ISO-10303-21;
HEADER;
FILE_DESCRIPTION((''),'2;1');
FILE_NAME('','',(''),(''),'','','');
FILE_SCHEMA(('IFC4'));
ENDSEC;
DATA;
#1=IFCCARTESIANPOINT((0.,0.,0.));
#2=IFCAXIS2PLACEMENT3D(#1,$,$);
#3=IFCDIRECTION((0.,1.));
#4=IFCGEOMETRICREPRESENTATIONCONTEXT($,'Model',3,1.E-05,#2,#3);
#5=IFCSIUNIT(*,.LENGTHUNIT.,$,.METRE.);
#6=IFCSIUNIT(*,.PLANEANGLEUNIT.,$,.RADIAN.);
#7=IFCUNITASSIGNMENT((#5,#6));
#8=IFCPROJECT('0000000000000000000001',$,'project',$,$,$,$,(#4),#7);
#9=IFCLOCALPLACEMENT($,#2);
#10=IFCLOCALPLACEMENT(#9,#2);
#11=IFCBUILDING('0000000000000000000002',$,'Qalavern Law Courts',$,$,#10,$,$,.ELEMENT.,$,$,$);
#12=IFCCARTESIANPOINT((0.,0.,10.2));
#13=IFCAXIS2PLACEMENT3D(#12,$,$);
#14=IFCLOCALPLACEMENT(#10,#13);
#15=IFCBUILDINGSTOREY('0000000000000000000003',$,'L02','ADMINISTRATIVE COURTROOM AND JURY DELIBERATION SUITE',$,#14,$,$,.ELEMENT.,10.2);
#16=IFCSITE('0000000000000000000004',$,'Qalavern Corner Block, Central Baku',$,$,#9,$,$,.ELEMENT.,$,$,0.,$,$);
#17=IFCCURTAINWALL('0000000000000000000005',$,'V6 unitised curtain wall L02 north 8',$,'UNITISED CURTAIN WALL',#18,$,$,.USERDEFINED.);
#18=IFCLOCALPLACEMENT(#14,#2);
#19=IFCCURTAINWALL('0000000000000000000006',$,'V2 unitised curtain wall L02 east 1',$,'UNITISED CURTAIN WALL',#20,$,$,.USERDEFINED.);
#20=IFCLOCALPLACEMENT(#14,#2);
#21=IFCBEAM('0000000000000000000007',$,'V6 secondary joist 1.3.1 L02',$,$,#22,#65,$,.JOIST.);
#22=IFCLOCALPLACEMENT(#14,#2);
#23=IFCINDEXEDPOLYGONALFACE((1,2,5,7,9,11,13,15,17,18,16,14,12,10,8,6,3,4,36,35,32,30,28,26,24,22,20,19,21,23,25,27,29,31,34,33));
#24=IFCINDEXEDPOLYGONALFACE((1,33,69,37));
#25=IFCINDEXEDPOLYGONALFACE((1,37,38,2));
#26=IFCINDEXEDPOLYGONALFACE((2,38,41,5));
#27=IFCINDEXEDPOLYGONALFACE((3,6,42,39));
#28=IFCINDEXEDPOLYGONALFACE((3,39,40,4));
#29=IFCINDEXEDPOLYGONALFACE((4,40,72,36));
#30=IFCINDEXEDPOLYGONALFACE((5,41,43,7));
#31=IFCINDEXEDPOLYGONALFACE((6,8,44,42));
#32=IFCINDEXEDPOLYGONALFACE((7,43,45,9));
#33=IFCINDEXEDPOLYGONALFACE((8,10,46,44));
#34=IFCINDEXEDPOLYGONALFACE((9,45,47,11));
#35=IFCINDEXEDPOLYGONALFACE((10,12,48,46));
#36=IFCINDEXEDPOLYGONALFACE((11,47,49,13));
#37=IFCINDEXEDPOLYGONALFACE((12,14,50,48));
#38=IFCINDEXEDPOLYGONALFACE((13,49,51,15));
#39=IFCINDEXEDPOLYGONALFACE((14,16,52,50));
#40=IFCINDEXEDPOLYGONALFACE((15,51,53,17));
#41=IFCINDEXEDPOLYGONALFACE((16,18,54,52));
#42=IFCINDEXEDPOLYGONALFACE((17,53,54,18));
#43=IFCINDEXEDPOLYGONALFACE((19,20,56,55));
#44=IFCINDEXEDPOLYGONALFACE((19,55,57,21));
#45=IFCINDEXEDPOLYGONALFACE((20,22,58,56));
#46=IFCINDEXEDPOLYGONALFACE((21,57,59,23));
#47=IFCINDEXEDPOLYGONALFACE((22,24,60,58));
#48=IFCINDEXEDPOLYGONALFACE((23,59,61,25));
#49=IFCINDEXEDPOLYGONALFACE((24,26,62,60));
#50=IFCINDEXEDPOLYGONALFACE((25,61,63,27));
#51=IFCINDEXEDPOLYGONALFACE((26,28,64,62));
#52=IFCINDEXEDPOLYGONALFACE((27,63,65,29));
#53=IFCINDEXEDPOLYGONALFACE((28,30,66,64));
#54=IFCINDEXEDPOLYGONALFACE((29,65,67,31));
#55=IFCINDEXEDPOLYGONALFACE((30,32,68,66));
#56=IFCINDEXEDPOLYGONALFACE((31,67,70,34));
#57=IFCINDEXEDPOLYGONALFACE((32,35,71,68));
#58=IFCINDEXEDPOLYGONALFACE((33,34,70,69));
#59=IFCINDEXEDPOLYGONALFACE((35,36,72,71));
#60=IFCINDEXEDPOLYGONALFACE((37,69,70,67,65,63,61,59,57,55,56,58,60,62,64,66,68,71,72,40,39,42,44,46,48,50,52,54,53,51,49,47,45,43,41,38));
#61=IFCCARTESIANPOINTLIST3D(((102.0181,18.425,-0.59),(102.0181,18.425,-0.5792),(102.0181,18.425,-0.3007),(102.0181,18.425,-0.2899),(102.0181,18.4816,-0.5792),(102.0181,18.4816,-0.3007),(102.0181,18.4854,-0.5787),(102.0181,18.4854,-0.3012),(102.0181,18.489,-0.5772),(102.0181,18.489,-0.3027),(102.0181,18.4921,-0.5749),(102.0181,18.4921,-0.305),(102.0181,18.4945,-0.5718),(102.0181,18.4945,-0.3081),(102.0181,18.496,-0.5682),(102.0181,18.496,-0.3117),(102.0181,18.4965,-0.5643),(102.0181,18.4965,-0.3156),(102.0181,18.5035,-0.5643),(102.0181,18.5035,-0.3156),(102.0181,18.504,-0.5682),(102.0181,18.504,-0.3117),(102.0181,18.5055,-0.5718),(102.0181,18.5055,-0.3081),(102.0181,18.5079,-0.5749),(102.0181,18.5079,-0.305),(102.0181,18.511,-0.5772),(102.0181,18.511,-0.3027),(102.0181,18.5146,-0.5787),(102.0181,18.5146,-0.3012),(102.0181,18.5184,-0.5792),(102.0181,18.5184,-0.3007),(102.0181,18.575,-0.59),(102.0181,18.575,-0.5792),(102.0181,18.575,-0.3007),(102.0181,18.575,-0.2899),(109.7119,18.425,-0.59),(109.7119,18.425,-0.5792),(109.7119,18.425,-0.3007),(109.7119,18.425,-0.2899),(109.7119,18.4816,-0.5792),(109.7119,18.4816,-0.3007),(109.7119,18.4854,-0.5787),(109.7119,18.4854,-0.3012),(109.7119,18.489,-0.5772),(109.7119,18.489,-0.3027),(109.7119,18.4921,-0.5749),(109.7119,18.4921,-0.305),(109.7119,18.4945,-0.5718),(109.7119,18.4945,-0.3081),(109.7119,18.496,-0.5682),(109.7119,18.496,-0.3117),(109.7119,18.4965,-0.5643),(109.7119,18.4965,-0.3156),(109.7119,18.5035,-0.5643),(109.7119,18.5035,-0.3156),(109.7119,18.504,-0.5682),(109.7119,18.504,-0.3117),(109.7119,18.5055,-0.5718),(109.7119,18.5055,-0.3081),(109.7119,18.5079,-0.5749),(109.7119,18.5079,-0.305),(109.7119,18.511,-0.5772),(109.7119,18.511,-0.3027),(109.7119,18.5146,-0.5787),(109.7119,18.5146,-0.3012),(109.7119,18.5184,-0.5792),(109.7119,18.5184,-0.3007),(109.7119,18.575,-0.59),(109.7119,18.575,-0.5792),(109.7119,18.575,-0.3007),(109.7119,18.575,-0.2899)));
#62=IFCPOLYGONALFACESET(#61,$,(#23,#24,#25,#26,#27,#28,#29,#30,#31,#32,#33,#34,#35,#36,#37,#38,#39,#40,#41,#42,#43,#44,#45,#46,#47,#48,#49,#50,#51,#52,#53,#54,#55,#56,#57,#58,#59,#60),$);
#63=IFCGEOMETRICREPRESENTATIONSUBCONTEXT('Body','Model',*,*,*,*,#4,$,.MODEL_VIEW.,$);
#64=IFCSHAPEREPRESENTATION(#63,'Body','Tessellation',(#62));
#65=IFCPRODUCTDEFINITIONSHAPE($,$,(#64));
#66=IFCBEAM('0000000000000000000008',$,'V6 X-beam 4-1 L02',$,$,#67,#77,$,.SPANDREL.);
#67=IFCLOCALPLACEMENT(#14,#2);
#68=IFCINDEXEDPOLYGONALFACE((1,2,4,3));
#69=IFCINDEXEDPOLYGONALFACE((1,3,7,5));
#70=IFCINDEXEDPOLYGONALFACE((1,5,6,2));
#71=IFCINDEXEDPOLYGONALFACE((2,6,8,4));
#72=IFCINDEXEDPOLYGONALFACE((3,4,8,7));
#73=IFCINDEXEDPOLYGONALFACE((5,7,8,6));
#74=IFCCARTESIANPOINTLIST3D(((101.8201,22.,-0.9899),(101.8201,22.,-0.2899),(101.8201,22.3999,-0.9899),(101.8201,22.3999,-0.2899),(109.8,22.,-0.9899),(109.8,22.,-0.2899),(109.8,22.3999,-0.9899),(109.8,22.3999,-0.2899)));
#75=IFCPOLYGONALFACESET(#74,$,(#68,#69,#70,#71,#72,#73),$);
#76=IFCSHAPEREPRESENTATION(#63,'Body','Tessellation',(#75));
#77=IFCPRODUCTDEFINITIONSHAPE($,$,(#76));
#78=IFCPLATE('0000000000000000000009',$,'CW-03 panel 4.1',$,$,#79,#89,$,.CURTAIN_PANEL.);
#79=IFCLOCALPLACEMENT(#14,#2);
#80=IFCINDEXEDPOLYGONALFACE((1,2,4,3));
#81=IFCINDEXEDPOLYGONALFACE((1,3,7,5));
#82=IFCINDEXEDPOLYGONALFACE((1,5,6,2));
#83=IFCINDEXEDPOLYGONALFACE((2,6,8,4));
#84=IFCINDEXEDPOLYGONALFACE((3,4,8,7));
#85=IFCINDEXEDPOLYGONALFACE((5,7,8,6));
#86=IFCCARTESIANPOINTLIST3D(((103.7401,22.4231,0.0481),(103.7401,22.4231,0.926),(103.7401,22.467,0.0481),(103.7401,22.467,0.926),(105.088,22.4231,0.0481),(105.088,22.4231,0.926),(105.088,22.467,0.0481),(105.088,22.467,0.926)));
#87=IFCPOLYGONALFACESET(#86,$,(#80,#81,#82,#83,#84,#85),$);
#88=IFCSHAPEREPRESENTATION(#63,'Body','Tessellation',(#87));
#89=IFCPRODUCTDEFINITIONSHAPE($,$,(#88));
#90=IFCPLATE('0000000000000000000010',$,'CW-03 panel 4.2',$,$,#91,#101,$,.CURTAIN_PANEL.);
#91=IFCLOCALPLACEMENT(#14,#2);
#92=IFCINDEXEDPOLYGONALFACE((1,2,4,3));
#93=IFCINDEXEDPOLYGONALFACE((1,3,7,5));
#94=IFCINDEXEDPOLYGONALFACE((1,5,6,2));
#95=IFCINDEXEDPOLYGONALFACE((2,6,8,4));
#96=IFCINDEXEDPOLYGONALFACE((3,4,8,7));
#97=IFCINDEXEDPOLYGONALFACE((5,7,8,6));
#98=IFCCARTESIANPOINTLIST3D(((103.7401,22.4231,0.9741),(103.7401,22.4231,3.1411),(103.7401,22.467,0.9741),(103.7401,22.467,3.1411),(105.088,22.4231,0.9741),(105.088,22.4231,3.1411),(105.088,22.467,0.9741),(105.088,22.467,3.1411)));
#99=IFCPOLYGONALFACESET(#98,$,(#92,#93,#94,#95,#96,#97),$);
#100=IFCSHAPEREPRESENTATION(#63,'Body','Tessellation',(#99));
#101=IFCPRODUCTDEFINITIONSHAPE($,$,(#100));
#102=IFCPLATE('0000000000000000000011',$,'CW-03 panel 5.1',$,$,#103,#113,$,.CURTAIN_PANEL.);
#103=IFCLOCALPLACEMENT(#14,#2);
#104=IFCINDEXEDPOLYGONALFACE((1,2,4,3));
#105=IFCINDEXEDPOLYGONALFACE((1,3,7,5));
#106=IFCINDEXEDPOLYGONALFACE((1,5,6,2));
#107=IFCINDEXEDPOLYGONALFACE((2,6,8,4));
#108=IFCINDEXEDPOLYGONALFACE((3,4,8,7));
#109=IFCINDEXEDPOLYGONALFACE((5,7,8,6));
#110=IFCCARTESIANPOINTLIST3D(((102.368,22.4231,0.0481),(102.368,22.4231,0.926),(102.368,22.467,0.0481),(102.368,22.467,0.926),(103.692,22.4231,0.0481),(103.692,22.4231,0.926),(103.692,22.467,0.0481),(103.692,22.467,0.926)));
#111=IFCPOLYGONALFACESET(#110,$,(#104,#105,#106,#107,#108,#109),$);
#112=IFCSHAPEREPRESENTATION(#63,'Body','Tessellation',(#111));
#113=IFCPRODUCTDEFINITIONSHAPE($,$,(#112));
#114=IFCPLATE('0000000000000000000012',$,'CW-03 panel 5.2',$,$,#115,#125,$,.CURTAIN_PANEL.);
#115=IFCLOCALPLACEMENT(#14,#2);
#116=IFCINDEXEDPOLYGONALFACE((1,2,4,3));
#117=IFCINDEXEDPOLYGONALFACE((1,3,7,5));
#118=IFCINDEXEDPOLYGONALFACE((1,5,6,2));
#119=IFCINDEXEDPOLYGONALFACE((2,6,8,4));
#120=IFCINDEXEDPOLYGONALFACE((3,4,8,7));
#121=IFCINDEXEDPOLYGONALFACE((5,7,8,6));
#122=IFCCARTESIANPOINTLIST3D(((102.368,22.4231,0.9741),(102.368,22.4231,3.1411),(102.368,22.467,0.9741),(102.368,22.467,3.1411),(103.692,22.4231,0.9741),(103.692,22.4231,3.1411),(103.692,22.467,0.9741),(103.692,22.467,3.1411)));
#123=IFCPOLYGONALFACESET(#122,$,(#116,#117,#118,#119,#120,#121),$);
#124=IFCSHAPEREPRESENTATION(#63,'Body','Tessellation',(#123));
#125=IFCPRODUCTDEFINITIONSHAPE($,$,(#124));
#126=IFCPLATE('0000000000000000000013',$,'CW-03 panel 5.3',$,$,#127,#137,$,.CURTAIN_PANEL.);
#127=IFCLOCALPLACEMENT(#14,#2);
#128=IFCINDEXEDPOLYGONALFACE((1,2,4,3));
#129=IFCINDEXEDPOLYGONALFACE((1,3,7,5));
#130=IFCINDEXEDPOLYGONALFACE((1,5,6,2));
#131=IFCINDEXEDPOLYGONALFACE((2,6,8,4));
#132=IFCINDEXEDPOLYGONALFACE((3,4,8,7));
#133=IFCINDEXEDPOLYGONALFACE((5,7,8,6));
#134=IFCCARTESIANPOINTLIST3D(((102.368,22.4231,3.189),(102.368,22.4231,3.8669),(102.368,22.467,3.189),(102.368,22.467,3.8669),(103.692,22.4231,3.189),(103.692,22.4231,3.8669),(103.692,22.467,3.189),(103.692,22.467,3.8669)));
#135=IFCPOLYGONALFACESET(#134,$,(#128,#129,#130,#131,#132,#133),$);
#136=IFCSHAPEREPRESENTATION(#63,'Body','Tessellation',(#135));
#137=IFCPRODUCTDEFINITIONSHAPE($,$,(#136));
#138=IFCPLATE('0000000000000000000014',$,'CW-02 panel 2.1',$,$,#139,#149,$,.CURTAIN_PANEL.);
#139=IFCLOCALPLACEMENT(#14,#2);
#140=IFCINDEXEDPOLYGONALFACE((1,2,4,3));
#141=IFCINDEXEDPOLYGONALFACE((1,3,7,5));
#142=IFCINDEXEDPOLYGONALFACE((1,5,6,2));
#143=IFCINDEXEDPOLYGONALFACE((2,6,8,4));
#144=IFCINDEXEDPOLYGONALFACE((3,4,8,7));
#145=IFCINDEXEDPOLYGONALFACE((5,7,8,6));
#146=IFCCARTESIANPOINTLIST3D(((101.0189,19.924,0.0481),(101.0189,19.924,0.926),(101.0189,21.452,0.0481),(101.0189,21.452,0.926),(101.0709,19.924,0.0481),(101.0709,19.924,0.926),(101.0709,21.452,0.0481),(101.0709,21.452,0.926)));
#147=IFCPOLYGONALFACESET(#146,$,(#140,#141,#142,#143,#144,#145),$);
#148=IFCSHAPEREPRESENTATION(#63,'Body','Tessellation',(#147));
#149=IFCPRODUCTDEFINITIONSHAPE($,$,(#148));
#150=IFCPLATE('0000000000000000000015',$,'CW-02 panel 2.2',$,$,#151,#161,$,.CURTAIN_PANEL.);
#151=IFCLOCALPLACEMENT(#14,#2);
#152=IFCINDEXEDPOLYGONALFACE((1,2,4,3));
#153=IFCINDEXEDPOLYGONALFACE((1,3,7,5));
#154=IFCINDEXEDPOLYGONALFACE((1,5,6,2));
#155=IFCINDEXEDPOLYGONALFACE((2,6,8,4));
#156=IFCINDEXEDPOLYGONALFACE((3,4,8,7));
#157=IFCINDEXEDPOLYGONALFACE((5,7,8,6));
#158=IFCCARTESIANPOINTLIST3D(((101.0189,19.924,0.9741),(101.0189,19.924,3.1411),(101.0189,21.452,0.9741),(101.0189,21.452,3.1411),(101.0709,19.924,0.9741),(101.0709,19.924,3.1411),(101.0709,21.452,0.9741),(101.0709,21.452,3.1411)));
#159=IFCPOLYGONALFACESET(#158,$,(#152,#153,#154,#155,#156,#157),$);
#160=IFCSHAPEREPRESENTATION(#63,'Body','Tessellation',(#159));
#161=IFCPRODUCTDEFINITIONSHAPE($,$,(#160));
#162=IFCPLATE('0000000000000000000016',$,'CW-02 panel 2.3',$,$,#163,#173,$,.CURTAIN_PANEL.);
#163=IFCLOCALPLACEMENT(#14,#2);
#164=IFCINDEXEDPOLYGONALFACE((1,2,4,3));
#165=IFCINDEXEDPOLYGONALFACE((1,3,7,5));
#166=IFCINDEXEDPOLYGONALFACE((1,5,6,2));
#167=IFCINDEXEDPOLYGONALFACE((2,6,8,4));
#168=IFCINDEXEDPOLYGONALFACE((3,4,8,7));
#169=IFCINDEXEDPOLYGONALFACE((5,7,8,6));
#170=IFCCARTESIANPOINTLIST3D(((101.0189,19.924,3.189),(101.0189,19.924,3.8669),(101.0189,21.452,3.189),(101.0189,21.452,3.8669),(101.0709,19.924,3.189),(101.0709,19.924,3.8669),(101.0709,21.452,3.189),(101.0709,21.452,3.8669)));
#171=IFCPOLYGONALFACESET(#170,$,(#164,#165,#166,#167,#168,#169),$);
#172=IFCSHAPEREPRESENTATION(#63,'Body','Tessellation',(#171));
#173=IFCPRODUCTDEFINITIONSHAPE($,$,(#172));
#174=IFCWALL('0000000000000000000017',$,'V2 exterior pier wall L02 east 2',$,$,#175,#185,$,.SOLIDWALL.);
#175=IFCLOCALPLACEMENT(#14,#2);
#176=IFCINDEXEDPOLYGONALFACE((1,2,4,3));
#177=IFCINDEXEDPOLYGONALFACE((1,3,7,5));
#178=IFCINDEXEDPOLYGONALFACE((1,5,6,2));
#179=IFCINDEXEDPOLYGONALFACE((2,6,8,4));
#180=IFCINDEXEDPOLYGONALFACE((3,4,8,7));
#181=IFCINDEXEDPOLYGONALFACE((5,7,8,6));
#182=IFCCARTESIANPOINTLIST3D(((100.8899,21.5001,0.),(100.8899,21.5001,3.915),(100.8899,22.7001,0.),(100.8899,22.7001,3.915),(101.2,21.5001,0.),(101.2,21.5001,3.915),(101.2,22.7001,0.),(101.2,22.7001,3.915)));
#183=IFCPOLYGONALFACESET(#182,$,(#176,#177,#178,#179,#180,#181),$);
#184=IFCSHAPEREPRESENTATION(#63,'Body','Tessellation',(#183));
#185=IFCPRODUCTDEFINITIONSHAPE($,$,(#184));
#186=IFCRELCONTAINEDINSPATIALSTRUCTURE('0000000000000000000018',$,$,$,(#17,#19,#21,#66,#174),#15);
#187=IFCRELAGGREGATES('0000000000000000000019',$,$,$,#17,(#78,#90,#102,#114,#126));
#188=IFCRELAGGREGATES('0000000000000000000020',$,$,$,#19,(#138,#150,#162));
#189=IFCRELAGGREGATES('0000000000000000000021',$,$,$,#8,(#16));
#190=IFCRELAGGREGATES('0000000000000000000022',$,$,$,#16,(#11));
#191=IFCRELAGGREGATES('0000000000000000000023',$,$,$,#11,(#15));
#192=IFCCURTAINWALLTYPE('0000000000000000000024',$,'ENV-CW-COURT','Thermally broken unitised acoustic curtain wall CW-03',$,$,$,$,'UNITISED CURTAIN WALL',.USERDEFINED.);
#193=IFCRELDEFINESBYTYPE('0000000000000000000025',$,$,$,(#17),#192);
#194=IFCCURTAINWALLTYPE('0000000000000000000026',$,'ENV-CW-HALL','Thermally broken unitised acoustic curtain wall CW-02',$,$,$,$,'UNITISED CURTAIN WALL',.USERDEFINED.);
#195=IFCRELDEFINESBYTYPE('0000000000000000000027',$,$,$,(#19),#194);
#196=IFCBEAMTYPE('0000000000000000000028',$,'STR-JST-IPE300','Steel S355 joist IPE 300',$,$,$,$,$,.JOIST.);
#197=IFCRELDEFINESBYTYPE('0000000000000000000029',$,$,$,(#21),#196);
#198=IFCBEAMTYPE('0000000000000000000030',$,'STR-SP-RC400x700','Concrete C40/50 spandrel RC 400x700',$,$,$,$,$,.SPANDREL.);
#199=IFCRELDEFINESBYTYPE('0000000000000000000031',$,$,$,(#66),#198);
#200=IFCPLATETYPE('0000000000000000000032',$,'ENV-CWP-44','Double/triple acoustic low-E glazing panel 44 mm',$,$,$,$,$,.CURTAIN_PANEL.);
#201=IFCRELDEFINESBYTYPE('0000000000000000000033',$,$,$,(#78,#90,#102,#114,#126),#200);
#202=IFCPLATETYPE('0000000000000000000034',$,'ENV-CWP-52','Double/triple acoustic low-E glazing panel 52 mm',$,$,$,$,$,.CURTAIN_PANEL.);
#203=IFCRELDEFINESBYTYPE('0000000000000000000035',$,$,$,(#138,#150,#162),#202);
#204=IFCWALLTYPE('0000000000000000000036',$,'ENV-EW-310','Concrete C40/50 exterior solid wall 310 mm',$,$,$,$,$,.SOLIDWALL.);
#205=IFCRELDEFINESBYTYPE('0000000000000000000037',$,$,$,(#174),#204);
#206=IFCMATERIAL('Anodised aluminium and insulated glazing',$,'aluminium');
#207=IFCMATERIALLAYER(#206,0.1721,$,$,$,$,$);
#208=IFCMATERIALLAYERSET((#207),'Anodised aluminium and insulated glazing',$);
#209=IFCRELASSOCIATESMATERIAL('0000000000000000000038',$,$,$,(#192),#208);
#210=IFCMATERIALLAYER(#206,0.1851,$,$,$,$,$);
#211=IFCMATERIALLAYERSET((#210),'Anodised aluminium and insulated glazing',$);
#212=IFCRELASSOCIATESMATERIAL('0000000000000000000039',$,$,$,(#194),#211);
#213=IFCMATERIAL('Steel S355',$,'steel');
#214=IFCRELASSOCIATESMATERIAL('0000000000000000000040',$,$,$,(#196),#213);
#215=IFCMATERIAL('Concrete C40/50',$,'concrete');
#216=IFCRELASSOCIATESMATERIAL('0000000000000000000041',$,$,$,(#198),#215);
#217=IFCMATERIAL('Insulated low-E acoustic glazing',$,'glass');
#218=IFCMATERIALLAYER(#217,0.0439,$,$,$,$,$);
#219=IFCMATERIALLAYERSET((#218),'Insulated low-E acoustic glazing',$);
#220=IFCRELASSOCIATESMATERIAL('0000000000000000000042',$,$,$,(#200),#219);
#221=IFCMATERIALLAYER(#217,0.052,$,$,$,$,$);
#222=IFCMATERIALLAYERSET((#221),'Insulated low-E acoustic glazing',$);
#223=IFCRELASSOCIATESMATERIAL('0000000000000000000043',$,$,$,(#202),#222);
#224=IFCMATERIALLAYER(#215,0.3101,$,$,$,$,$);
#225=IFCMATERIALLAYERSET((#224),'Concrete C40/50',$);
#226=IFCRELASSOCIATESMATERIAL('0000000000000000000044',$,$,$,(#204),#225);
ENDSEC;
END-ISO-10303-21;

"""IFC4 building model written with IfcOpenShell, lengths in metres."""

from ifc_helpers import new_model, si_unit, direction, frame, frame_2d, origin, origin_2d, place, context, subcontext, project, spatial, rectangle, i_section, extrude, material, layer, layer_set, material_profile, profile_set, type_object, element, aggregate, save


model = new_model("IFC4")

# Units and contexts
model_context = context("Model", 3, precision=1e-05, world=origin(), true_north=direction((0.0, 1.0)))
body_context = subcontext(model_context, "Body", "Model", "MODEL_VIEW")
ifc_project = project(units=[si_unit("LENGTHUNIT", "METRE"), si_unit("PLANEANGLEUNIT", "RADIAN")], contexts=[model_context])

# Site, building, storey
site_placement = place(None, origin())
site = spatial("IfcSite", under=ifc_project, at=site_placement, Name="Qalavern Corner Block, Central Baku", CompositionType="ELEMENT", RefElevation=0.0)
building_placement = place(site_placement, origin())
building = spatial("IfcBuilding", under=site, at=building_placement, Name="Qalavern Law Courts", CompositionType="ELEMENT")
storey_placement = place(building_placement, frame((0.0, 0.0, 10.2)))
storey = spatial("IfcBuildingStorey", under=building, at=storey_placement, Name="L02", Description="ADMINISTRATIVE COURTROOM AND JURY DELIBERATION SUITE", CompositionType="ELEMENT", Elevation=10.2)

# Curtain wall
ifc_material_1 = material(Name="Anodised aluminium and insulated glazing", Category="aluminium")
ifc_layer_1 = layer(ifc_material_1, 0.1721)
ifc_layer_set_1 = layer_set([ifc_layer_1], Name="Anodised aluminium and insulated glazing")
curtain_wall_type_1 = type_object("IfcCurtainWallType", Name="ENV-CW-COURT", Description="Thermally broken unitised acoustic curtain wall CW-03", ElementType="UNITISED CURTAIN WALL", PredefinedType="USERDEFINED", material=ifc_layer_set_1)
curtain_wall_1_placement = place(storey_placement, origin())
curtain_wall_1 = element("IfcCurtainWall", 1, at=curtain_wall_1_placement, inside=storey, type_object=curtain_wall_type_1, Name="V6 unitised curtain wall L02 north 8", ObjectType="UNITISED CURTAIN WALL", PredefinedType="USERDEFINED")

# Curtain wall
ifc_layer_2 = layer(ifc_material_1, 0.1851)
ifc_layer_set_2 = layer_set([ifc_layer_2], Name="Anodised aluminium and insulated glazing")
curtain_wall_type_2 = type_object("IfcCurtainWallType", Name="ENV-CW-HALL", Description="Thermally broken unitised acoustic curtain wall CW-02", ElementType="UNITISED CURTAIN WALL", PredefinedType="USERDEFINED", material=ifc_layer_set_2)
curtain_wall_2_placement = place(storey_placement, origin())
curtain_wall_2 = element("IfcCurtainWall", 2, at=curtain_wall_2_placement, inside=storey, type_object=curtain_wall_type_2, Name="V2 unitised curtain wall L02 east 1", ObjectType="UNITISED CURTAIN WALL", PredefinedType="USERDEFINED")

# Beams
ifc_material_2 = material(Name="Steel S355", Category="steel")
ifc_material_profile_1 = material_profile(ifc_material_2, i_section(OverallWidth=0.1499, OverallDepth=0.3, WebThickness=0.0071, FlangeThickness=0.0107, FilletRadius=0.0149, at=origin_2d()), Name="IPE 300")
ifc_profile_set_1 = profile_set([ifc_material_profile_1], Name="Steel S355")
beam_type_1 = type_object("IfcBeamType", Name="STR-JST-IPE300", Description="Steel S355 joist IPE 300", PredefinedType="JOIST", material=ifc_profile_set_1)
beam_1_placement = place(storey_placement, frame((102.0181, 18.5, -0.4399), z_axis=(1.0, 0.0, 0.0), x_axis=(0.0, 1.0, 0.0)))
element("IfcBeam", 3, at=beam_1_placement, inside=storey, type_object=beam_type_1, Name="V6 secondary joist 1.3.1 L02", PredefinedType="JOIST", context=body_context, shape_type="SweptSolid", body=[
    extrude(i_section(OverallWidth=0.1499, OverallDepth=0.3, WebThickness=0.0071, FlangeThickness=0.0107, FilletRadius=0.0149, at=origin_2d()), origin(), (0.0, 0.0, 1.0), 7.6938),
])
ifc_material_3 = material(Name="Concrete C40/50", Category="concrete")
ifc_material_profile_2 = material_profile(ifc_material_3, rectangle(XDim=0.3999, YDim=0.7, at=origin_2d()), Name="RC 400x700")
ifc_profile_set_2 = profile_set([ifc_material_profile_2], Name="Concrete C40/50")
beam_type_2 = type_object("IfcBeamType", Name="STR-SP-RC400x700", Description="Concrete C40/50 spandrel RC 400x700", PredefinedType="SPANDREL", material=ifc_profile_set_2)
beam_2_placement = place(storey_placement, frame((101.8201, 22.2, -0.6399), z_axis=(1.0, 0.0, 0.0), x_axis=(0.0, 1.0, 0.0)))
element("IfcBeam", 4, at=beam_2_placement, inside=storey, type_object=beam_type_2, Name="V6 X-beam 4-1 L02", PredefinedType="SPANDREL", context=body_context, shape_type="SweptSolid", body=[
    extrude(rectangle(XDim=0.3999, YDim=0.7, at=origin_2d()), origin(), (0.0, 0.0, 1.0), 7.98),
])

# Plates
ifc_material_4 = material(Name="Insulated low-E acoustic glazing", Category="glass")
ifc_layer_3 = layer(ifc_material_4, 0.0439)
ifc_layer_set_3 = layer_set([ifc_layer_3], Name="Insulated low-E acoustic glazing")
plate_type_1 = type_object("IfcPlateType", Name="ENV-CWP-44", Description="Double/triple acoustic low-E glazing panel 44 mm", PredefinedType="CURTAIN_PANEL", material=ifc_layer_set_3)
plate_1_placement = place(storey_placement, frame((104.4141, 22.4451, 0.0481), z_axis=(0.0, 0.0, 1.0), x_axis=(-1.0, 0.0, 0.0)))
plate_1 = element("IfcPlate", 5, at=plate_1_placement, type_object=plate_type_1, Name="CW-03 panel 4.1", PredefinedType="CURTAIN_PANEL", context=body_context, shape_type="SweptSolid", body=[
    extrude(rectangle(XDim=1.3479, YDim=0.0439, at=origin_2d()), origin(), (0.0, 0.0, 1.0), 0.8779),
])
plate_2_placement = place(storey_placement, frame((104.4141, 22.4451, 0.9741), z_axis=(0.0, 0.0, 1.0), x_axis=(-1.0, 0.0, 0.0)))
plate_2 = element("IfcPlate", 6, at=plate_2_placement, type_object=plate_type_1, Name="CW-03 panel 4.2", PredefinedType="CURTAIN_PANEL", context=body_context, shape_type="SweptSolid", body=[
    extrude(rectangle(XDim=1.3479, YDim=0.0439, at=origin_2d()), origin(), (0.0, 0.0, 1.0), 2.167),
])
plate_3_placement = place(storey_placement, frame((103.03, 22.4451, 0.0481), z_axis=(0.0, 0.0, 1.0), x_axis=(-1.0, 0.0, 0.0)))
plate_3 = element("IfcPlate", 7, at=plate_3_placement, type_object=plate_type_1, Name="CW-03 panel 5.1", PredefinedType="CURTAIN_PANEL", context=body_context, shape_type="SweptSolid", body=[
    extrude(rectangle(XDim=1.324, YDim=0.0439, at=origin_2d()), origin(), (0.0, 0.0, 1.0), 0.8779),
])
plate_4_placement = place(storey_placement, frame((103.03, 22.4451, 0.9741), z_axis=(0.0, 0.0, 1.0), x_axis=(-1.0, 0.0, 0.0)))
plate_4 = element("IfcPlate", 8, at=plate_4_placement, type_object=plate_type_1, Name="CW-03 panel 5.2", PredefinedType="CURTAIN_PANEL", context=body_context, shape_type="SweptSolid", body=[
    extrude(rectangle(XDim=1.324, YDim=0.0439, at=origin_2d()), origin(), (0.0, 0.0, 1.0), 2.167),
])
plate_5_placement = place(storey_placement, frame((103.03, 22.4451, 3.189), z_axis=(0.0, 0.0, 1.0), x_axis=(-1.0, 0.0, 0.0)))
plate_5 = element("IfcPlate", 9, at=plate_5_placement, type_object=plate_type_1, Name="CW-03 panel 5.3", PredefinedType="CURTAIN_PANEL", context=body_context, shape_type="SweptSolid", body=[
    extrude(rectangle(XDim=1.324, YDim=0.0439, at=origin_2d()), origin(), (0.0, 0.0, 1.0), 0.678),
])
aggregate(curtain_wall_1, [plate_1, plate_2, plate_3, plate_4, plate_5])
ifc_layer_4 = layer(ifc_material_4, 0.052)
ifc_layer_set_4 = layer_set([ifc_layer_4], Name="Insulated low-E acoustic glazing")
plate_type_2 = type_object("IfcPlateType", Name="ENV-CWP-52", Description="Double/triple acoustic low-E glazing panel 52 mm", PredefinedType="CURTAIN_PANEL", material=ifc_layer_set_4)
plate_6_placement = place(storey_placement, frame((101.0449, 20.688, 0.0481), z_axis=(0.0, 0.0, 1.0), x_axis=(0.0, 1.0, 0.0)))
plate_6 = element("IfcPlate", 10, at=plate_6_placement, type_object=plate_type_2, Name="CW-02 panel 2.1", PredefinedType="CURTAIN_PANEL", context=body_context, shape_type="SweptSolid", body=[
    extrude(rectangle(XDim=1.5281, YDim=0.052, at=origin_2d()), origin(), (0.0, 0.0, 1.0), 0.8779),
])
plate_7_placement = place(storey_placement, frame((101.0449, 20.688, 0.9741), z_axis=(0.0, 0.0, 1.0), x_axis=(0.0, 1.0, 0.0)))
plate_7 = element("IfcPlate", 11, at=plate_7_placement, type_object=plate_type_2, Name="CW-02 panel 2.2", PredefinedType="CURTAIN_PANEL", context=body_context, shape_type="SweptSolid", body=[
    extrude(rectangle(XDim=1.5281, YDim=0.052, at=origin_2d()), origin(), (0.0, 0.0, 1.0), 2.167),
])
plate_8_placement = place(storey_placement, frame((101.0449, 20.688, 3.189), z_axis=(0.0, 0.0, 1.0), x_axis=(0.0, 1.0, 0.0)))
plate_8 = element("IfcPlate", 12, at=plate_8_placement, type_object=plate_type_2, Name="CW-02 panel 2.3", PredefinedType="CURTAIN_PANEL", context=body_context, shape_type="SweptSolid", body=[
    extrude(rectangle(XDim=1.5281, YDim=0.052, at=origin_2d()), origin(), (0.0, 0.0, 1.0), 0.678),
])
aggregate(curtain_wall_2, [plate_6, plate_7, plate_8])

# Wall
ifc_layer_5 = layer(ifc_material_3, 0.3101)
ifc_layer_set_5 = layer_set([ifc_layer_5], Name="Concrete C40/50")
wall_type = type_object("IfcWallType", Name="ENV-EW-310", Description="Concrete C40/50 exterior solid wall 310 mm", PredefinedType="SOLIDWALL", material=ifc_layer_set_5)
wall_1_placement = place(storey_placement, frame((101.0449, 21.5, 0.0), z_axis=(0.0, 0.0, 1.0), x_axis=(0.0, 1.0, 0.0)))
element("IfcWall", 13, at=wall_1_placement, inside=storey, type_object=wall_type, Name="V2 exterior pier wall L02 east 2", PredefinedType="SOLIDWALL", context=body_context, shape_type="SweptSolid", body=[
    extrude(rectangle(XDim=1.2, YDim=0.3101, at=frame_2d((0.6001, 0.0))), origin(), (0.0, 0.0, 1.0), 3.915),
])

save(model, "model.ifc")
